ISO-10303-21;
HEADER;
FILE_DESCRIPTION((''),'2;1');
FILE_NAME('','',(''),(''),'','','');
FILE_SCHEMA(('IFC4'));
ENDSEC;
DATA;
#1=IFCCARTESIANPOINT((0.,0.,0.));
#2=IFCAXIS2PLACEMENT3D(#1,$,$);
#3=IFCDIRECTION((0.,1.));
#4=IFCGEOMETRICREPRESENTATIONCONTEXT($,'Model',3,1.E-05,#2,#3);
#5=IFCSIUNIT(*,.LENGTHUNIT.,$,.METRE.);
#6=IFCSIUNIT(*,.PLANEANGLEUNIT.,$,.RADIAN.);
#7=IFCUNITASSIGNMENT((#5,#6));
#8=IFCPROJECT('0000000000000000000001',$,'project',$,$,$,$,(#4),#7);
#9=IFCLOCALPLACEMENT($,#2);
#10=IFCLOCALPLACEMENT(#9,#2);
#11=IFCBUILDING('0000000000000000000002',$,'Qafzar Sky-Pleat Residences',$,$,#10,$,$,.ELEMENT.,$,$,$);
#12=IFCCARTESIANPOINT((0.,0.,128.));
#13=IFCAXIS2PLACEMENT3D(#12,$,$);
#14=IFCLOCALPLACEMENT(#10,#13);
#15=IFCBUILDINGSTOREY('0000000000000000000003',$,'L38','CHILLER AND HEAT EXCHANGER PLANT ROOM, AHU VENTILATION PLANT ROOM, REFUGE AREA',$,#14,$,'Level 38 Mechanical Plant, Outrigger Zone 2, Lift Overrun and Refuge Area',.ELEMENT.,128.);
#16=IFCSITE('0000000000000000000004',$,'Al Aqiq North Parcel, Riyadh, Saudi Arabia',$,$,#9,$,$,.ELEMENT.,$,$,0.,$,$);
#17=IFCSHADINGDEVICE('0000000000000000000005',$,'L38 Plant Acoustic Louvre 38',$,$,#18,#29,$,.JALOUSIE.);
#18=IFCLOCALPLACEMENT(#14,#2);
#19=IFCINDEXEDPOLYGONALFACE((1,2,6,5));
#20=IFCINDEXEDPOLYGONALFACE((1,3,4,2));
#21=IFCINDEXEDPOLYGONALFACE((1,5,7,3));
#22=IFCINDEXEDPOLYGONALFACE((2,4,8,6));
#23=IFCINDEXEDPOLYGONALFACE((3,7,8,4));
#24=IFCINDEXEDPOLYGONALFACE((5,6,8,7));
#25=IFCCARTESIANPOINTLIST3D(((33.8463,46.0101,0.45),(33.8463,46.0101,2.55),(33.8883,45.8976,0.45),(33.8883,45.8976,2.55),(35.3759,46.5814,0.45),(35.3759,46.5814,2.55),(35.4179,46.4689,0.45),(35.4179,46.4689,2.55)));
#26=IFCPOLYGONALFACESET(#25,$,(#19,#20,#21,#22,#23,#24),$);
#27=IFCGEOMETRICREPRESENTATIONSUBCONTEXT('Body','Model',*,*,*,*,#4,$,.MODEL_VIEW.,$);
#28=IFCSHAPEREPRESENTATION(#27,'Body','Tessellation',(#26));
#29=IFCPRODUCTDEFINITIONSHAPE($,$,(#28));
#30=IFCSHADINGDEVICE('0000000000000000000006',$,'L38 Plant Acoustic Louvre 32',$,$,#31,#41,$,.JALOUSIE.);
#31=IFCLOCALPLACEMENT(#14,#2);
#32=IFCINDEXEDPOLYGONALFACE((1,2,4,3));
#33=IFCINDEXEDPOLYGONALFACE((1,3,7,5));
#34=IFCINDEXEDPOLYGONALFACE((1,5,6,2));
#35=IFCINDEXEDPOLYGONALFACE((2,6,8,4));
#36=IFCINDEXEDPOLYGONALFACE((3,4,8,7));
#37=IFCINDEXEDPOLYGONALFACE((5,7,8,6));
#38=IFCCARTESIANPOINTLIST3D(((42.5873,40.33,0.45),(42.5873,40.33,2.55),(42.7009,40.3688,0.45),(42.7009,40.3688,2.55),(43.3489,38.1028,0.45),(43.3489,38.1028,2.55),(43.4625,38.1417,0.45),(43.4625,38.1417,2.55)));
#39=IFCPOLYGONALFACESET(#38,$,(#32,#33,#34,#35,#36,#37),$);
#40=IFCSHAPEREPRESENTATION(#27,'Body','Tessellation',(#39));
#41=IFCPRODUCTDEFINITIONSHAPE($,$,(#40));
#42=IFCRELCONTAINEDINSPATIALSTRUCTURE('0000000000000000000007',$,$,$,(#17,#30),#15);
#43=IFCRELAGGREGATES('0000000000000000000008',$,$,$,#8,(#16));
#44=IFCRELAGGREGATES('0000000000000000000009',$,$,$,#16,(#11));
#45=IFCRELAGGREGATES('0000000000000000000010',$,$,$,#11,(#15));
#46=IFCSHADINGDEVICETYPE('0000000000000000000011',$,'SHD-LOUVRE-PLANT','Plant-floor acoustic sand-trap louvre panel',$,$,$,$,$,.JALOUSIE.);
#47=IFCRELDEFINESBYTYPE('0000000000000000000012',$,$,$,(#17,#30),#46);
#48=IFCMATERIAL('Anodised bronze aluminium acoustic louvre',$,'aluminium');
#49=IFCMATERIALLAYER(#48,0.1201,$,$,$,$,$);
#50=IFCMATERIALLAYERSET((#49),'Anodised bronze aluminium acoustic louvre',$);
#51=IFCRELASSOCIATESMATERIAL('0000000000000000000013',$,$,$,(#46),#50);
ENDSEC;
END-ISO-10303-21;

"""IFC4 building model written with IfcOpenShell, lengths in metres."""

from ifc_helpers import new_model, si_unit, direction, frame, origin, origin_2d, place, context, subcontext, project, spatial, rectangle, extrude, source, transform, mapped, material, layer, layer_set, type_object, element, save


model = new_model("IFC4")

# Units and contexts
model_context = context("Model", 3, precision=1e-05, world=origin(), true_north=direction((0.0, 1.0)))
body_context = subcontext(model_context, "Body", "Model", "MODEL_VIEW")
ifc_project = project(units=[si_unit("LENGTHUNIT", "METRE"), si_unit("PLANEANGLEUNIT", "RADIAN")], contexts=[model_context])

# Site, building, storey
site_placement = place(None, origin())
site = spatial("IfcSite", under=ifc_project, at=site_placement, Name="Al Aqiq North Parcel, Riyadh, Saudi Arabia", CompositionType="ELEMENT", RefElevation=0.0)
building_placement = place(site_placement, origin())
building = spatial("IfcBuilding", under=site, at=building_placement, Name="Qafzar Sky-Pleat Residences", CompositionType="ELEMENT")
storey_placement = place(building_placement, frame((0.0, 0.0, 128.0)))
storey = spatial("IfcBuildingStorey", under=building, at=storey_placement, Name="L38", Description="CHILLER AND HEAT EXCHANGER PLANT ROOM, AHU VENTILATION PLANT ROOM, REFUGE AREA", LongName="Level 38 Mechanical Plant, Outrigger Zone 2, Lift Overrun and Refuge Area", CompositionType="ELEMENT", Elevation=128.0)

# Shading devices
ifc_material_1 = material(Name="Anodised bronze aluminium acoustic louvre", Category="aluminium")
ifc_layer_1 = layer(ifc_material_1, 0.1201)
ifc_layer_set_1 = layer_set([ifc_layer_1], Name="Anodised bronze aluminium acoustic louvre")
shading_device_type = type_object("IfcShadingDeviceType", Name="SHD-LOUVRE-PLANT", Description="Plant-floor acoustic sand-trap louvre panel", PredefinedType="JALOUSIE", material=ifc_layer_set_1)
shared_shape_1 = source(origin(), body_context, "Body", "SweptSolid", [
    extrude(rectangle(XDim=1.6328, YDim=0.1201, at=origin_2d()), origin(), (0.0, 0.0, 1.0), 2.1001),
])
shading_device_1_placement = place(storey_placement, frame((34.6321, 46.2395, 0.45), z_axis=(0.0, 0.0, 1.0), x_axis=(-0.936779, -0.34992, 0.0)))
element("IfcShadingDevice", 1, at=shading_device_1_placement, inside=storey, type_object=shading_device_type, Name="L38 Plant Acoustic Louvre 38", PredefinedType="JALOUSIE", context=body_context, shape_type="MappedRepresentation", body=[
    mapped(shared_shape_1, transform((0.0, 0.0, 0.0), x_axis=(1.0, 0.0, 0.0), y_axis=(0.0, 1.0, 0.0), z_axis=(0.0, 0.0, 1.0), scale=1.0)),
])
shared_shape_2 = source(origin(), body_context, "Body", "SweptSolid", [
    extrude(rectangle(XDim=2.3538, YDim=0.1201, at=origin_2d()), origin(), (0.0, 0.0, 1.0), 2.1001),
])
shading_device_2_placement = place(storey_placement, frame((43.0249, 39.2358, 0.45), z_axis=(0.0, 0.0, 1.0), x_axis=(-0.32357, 0.946204, 0.0)))
element("IfcShadingDevice", 2, at=shading_device_2_placement, inside=storey, type_object=shading_device_type, Name="L38 Plant Acoustic Louvre 32", PredefinedType="JALOUSIE", context=body_context, shape_type="MappedRepresentation", body=[
    mapped(shared_shape_2, transform((0.0, 0.0, 0.0), x_axis=(1.0, 0.0, 0.0), y_axis=(0.0, 1.0, 0.0), z_axis=(0.0, 0.0, 1.0), scale=1.0)),
])

save(model, "model.ifc")
